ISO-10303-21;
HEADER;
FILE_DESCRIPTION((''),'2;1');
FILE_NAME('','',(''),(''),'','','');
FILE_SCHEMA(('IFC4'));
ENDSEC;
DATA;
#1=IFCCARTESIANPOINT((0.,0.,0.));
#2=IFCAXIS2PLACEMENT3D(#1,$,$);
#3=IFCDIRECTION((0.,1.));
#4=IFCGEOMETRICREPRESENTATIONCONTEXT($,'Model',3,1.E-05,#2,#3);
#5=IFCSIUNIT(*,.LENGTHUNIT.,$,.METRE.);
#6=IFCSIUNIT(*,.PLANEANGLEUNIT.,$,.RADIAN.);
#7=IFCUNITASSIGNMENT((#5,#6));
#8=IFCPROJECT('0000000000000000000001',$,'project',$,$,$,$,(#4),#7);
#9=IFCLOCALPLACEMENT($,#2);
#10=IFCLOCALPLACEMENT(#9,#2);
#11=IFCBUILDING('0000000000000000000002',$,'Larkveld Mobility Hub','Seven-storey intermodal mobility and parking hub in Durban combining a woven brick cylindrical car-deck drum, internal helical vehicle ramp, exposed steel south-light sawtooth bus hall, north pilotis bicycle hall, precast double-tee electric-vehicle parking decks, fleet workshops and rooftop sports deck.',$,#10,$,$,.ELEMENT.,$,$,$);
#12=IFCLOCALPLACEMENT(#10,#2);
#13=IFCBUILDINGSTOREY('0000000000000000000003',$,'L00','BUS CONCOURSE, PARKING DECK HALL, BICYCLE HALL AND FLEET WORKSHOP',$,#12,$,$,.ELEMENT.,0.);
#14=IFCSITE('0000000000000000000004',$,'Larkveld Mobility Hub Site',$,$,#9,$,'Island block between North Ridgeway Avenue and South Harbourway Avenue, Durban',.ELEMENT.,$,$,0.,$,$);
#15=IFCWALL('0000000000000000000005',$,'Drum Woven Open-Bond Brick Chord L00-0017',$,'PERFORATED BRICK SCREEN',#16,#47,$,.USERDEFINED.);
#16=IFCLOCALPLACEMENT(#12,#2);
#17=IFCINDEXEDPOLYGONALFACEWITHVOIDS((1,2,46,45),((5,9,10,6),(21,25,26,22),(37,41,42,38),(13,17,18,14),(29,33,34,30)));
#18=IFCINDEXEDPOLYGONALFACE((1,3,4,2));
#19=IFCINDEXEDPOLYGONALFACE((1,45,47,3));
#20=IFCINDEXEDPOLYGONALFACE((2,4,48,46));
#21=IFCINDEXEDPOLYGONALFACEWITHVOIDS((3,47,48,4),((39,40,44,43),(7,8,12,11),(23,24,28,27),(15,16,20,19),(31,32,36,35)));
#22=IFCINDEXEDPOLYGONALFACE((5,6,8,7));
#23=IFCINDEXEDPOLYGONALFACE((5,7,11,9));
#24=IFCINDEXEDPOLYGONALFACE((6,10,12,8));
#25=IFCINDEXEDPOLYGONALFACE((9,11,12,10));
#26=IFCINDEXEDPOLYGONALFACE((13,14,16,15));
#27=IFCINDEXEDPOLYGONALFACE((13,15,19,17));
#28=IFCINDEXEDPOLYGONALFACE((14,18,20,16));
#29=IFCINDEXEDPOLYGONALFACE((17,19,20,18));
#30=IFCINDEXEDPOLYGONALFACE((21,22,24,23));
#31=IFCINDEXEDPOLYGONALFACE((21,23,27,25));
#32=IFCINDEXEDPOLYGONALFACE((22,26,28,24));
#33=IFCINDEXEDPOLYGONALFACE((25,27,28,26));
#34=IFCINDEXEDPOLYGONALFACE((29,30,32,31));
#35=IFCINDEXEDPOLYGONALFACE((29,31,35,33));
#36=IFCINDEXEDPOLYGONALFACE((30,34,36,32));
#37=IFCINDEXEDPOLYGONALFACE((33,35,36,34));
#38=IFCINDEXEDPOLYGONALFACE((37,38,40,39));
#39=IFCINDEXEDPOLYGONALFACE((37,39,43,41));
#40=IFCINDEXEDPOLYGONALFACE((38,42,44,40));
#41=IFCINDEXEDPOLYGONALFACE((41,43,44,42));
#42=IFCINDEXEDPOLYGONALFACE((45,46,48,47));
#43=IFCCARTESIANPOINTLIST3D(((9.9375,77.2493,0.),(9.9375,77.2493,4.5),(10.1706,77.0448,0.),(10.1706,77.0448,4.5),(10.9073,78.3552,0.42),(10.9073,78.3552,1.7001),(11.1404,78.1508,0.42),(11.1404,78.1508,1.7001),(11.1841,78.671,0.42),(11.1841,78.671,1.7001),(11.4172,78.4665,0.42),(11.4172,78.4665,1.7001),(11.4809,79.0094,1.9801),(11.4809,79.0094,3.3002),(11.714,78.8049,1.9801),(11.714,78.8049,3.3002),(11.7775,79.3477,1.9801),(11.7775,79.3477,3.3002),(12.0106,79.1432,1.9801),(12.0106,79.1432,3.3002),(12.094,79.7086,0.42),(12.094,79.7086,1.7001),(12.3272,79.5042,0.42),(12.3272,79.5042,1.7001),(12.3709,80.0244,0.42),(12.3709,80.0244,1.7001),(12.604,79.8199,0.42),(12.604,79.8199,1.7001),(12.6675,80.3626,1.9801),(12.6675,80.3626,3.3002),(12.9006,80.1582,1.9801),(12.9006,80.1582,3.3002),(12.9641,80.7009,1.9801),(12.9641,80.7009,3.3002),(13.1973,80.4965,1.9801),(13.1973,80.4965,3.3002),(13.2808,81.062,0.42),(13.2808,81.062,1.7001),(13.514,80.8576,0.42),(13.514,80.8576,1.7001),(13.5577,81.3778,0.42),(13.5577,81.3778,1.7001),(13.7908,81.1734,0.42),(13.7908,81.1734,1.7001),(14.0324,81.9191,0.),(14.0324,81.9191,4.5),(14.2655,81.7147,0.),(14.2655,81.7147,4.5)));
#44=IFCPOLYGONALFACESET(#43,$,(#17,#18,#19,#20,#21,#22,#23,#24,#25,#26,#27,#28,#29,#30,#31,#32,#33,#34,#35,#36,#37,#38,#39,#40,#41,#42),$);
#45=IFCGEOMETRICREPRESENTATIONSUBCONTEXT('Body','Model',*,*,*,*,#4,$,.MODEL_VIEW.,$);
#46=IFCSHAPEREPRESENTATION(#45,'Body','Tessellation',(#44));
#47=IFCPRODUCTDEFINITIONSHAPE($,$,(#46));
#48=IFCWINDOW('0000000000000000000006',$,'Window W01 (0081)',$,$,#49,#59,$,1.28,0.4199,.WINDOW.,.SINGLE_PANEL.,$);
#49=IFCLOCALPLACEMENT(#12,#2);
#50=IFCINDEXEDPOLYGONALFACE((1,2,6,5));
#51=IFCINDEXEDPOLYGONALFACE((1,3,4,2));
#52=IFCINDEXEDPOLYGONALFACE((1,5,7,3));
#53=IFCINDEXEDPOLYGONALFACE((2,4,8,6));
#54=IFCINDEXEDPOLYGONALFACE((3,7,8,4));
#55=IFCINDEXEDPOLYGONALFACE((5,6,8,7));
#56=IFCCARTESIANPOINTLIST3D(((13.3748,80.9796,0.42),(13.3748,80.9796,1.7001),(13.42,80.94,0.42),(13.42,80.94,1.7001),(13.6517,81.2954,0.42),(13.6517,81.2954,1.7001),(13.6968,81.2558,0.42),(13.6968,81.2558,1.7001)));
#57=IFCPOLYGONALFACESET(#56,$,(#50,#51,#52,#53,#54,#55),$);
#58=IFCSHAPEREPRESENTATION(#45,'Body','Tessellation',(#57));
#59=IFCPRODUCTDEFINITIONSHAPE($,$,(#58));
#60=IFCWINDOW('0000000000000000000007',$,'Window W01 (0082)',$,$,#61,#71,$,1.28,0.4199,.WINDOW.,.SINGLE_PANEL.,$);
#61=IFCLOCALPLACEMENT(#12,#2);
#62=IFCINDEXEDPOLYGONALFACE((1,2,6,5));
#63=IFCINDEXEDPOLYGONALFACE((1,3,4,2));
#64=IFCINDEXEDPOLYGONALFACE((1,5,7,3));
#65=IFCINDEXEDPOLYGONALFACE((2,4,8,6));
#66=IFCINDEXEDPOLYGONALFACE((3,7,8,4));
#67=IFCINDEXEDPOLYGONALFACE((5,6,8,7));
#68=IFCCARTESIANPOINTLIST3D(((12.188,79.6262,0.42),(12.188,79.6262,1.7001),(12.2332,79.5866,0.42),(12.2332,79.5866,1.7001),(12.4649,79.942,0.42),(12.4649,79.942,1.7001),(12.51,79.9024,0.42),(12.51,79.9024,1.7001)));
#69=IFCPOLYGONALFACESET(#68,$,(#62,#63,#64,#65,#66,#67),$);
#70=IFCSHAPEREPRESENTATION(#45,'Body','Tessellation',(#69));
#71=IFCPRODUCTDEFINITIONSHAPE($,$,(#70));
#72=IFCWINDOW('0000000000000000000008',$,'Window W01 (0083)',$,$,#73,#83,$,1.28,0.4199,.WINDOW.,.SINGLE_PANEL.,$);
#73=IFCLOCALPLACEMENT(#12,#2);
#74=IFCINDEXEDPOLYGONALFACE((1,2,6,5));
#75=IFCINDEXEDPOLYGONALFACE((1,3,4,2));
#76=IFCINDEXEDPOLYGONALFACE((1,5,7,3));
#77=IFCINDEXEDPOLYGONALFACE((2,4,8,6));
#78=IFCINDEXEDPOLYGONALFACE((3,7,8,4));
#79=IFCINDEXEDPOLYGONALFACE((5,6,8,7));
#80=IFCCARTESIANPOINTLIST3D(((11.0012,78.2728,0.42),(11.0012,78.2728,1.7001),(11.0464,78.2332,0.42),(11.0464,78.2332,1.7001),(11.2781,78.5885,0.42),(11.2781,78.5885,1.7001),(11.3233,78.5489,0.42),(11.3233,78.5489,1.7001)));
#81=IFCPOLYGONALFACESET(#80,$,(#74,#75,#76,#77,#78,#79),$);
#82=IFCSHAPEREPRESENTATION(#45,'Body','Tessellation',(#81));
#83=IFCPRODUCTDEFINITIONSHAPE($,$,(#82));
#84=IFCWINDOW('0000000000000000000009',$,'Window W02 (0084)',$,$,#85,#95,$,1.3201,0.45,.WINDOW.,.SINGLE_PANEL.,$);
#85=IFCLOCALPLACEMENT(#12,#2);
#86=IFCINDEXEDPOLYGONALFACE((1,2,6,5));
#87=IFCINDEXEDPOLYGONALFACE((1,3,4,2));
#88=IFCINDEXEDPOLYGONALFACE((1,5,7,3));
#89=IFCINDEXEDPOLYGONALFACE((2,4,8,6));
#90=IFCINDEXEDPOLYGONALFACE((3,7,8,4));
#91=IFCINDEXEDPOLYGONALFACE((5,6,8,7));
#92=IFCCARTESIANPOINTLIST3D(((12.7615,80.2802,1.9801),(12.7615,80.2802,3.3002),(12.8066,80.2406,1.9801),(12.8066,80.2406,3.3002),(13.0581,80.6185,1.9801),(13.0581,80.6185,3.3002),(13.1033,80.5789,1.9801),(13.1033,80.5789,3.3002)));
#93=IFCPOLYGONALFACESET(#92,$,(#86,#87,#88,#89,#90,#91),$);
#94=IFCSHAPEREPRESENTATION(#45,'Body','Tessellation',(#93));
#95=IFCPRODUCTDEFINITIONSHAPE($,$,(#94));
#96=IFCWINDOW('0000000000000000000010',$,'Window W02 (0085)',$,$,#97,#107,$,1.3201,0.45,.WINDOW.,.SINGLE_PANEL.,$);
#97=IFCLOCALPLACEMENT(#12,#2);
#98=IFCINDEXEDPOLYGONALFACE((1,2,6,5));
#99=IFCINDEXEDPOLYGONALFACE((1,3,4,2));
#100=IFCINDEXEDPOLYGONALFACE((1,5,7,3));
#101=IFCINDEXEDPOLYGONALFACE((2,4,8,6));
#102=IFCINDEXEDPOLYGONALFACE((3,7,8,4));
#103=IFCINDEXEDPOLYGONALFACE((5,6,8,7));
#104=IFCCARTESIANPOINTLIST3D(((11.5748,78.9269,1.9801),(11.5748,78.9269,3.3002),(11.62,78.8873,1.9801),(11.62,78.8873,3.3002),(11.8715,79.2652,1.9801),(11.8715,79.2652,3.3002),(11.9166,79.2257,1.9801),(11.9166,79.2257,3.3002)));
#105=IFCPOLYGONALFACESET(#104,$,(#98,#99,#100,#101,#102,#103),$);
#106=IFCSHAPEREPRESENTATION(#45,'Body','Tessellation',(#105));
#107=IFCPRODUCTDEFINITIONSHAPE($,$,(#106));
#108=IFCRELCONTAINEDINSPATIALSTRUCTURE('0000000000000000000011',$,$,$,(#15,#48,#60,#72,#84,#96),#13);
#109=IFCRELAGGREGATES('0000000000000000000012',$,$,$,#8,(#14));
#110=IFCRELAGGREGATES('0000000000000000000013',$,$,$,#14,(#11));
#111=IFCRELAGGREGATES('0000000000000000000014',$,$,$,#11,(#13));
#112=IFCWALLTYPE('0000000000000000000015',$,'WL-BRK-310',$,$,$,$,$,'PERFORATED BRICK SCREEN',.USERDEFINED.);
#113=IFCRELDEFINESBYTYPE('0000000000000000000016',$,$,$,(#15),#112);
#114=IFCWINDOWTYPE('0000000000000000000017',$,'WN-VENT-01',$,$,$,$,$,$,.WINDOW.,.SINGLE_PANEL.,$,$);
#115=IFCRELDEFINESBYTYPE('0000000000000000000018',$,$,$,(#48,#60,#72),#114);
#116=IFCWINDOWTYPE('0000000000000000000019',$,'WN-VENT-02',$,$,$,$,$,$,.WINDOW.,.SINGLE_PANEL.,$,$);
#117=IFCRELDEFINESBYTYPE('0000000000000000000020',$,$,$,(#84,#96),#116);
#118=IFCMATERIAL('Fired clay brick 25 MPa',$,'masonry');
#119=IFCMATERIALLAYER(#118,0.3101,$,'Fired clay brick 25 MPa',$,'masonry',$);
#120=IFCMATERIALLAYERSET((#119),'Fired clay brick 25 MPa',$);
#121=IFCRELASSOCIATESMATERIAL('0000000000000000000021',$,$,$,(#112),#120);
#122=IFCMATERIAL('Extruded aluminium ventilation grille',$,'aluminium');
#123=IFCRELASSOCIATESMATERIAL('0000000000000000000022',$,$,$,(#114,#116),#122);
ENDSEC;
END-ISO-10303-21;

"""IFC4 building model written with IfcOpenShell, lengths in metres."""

from ifc_helpers import new_model, si_unit, direction, frame, frame_2d, origin, place, context, subcontext, project, spatial, rectangle, extrude, material, layer, layer_set, type_object, element, fill, save


model = new_model("IFC4")

# Units and contexts
model_context = context("Model", 3, precision=1e-05, world=origin(), true_north=direction((0.0, 1.0)))
body_context = subcontext(model_context, "Body", "Model", "MODEL_VIEW")
ifc_project = project(units=[si_unit("LENGTHUNIT", "METRE"), si_unit("PLANEANGLEUNIT", "RADIAN")], contexts=[model_context])

# Site, building, storey
site_placement = place(None, origin())
site = spatial("IfcSite", under=ifc_project, at=site_placement, Name="Larkveld Mobility Hub Site", LongName="Island block between North Ridgeway Avenue and South Harbourway Avenue, Durban", CompositionType="ELEMENT", RefElevation=0.0)
building_placement = place(site_placement, origin())
building = spatial("IfcBuilding", under=site, at=building_placement, Name="Larkveld Mobility Hub", Description="Seven-storey intermodal mobility and parking hub in Durban combining a woven brick cylindrical car-deck drum, internal helical vehicle ramp, exposed steel south-light sawtooth bus hall, north pilotis bicycle hall, precast double-tee electric-vehicle parking decks, fleet workshops and rooftop sports deck.", CompositionType="ELEMENT")
storey_placement = place(building_placement, origin())
storey = spatial("IfcBuildingStorey", under=building, at=storey_placement, Name="L00", Description="BUS CONCOURSE, PARKING DECK HALL, BICYCLE HALL AND FLEET WORKSHOP", CompositionType="ELEMENT", Elevation=0.0)

# Wall, openings, windows
ifc_material_1 = material(Name="Fired clay brick 25 MPa", Category="masonry")
ifc_layer = layer(ifc_material_1, 0.3101, Name="Fired clay brick 25 MPa", Category="masonry")
ifc_layer_set = layer_set([ifc_layer], Name="Fired clay brick 25 MPa")
wall_type = type_object("IfcWallType", Name="WL-BRK-310", ElementType="PERFORATED BRICK SCREEN", PredefinedType="USERDEFINED", material=ifc_layer_set)
wall_placement = place(storey_placement, frame((14.1489, 81.8169, 0.0), z_axis=(0.0, 0.0, 1.0), x_axis=(-0.659306, -0.751875, 0.0)))
wall = element("IfcWall", 1, at=wall_placement, inside=storey, type_object=wall_type, Name="Drum Woven Open-Bond Brick Chord L00-0017", ObjectType="PERFORATED BRICK SCREEN", PredefinedType="USERDEFINED", context=body_context, shape_type="SweptSolid", body=[
    extrude(rectangle(XDim=6.2109, YDim=0.3101, at=frame_2d((3.1055, 0.0))), origin(), (0.0, 0.0, 1.0), 4.5),
])
opening_1_placement = place(wall_placement, frame((0.72, 0.0, 0.4199)))
opening_1 = element("IfcOpeningElement", 2, at=opening_1_placement, cuts=wall, PredefinedType="OPENING", context=body_context, shape_type="SweptSolid", body=[
    extrude(rectangle(XDim=0.4199, YDim=1.28, at=frame_2d((0.21, 0.6401))), frame((0.0, 0.165, 0.0), z_axis=(0.0, -1.0, 0.0), x_axis=(1.0, 0.0, 0.0)), (0.0, 0.0, 1.0), 0.3301),
])
opening_2_placement = place(wall_placement, frame((2.52, 0.0, 0.4199)))
opening_2 = element("IfcOpeningElement", 3, at=opening_2_placement, cuts=wall, PredefinedType="OPENING", context=body_context, shape_type="SweptSolid", body=[
    extrude(rectangle(XDim=0.4199, YDim=1.28, at=frame_2d((0.21, 0.6401))), frame((0.0, 0.165, 0.0), z_axis=(0.0, -1.0, 0.0), x_axis=(1.0, 0.0, 0.0)), (0.0, 0.0, 1.0), 0.3301),
])
opening_3_placement = place(wall_placement, frame((4.3201, 0.0, 0.4199)))
opening_3 = element("IfcOpeningElement", 4, at=opening_3_placement, cuts=wall, PredefinedType="OPENING", context=body_context, shape_type="SweptSolid", body=[
    extrude(rectangle(XDim=0.4199, YDim=1.28, at=frame_2d((0.21, 0.6401))), frame((0.0, 0.165, 0.0), z_axis=(0.0, -1.0, 0.0), x_axis=(1.0, 0.0, 0.0)), (0.0, 0.0, 1.0), 0.3301),
])
opening_4_placement = place(wall_placement, frame((1.6201, 0.0, 1.98)))
opening_4 = element("IfcOpeningElement", 5, at=opening_4_placement, cuts=wall, PredefinedType="OPENING", context=body_context, shape_type="SweptSolid", body=[
    extrude(rectangle(XDim=0.45, YDim=1.3201, at=frame_2d((0.2251, 0.6602))), frame((0.0, 0.165, 0.0), z_axis=(0.0, -1.0, 0.0), x_axis=(1.0, 0.0, 0.0)), (0.0, 0.0, 1.0), 0.3301),
])
opening_5_placement = place(wall_placement, frame((3.4199, 0.0, 1.98)))
opening_5 = element("IfcOpeningElement", 6, at=opening_5_placement, cuts=wall, PredefinedType="OPENING", context=body_context, shape_type="SweptSolid", body=[
    extrude(rectangle(XDim=0.45, YDim=1.3201, at=frame_2d((0.2251, 0.6602))), frame((0.0, 0.165, 0.0), z_axis=(0.0, -1.0, 0.0), x_axis=(1.0, 0.0, 0.0)), (0.0, 0.0, 1.0), 0.3301),
])
ifc_material_2 = material(Name="Extruded aluminium ventilation grille", Category="aluminium")
window_type_1 = type_object("IfcWindowType", Name="WN-VENT-01", PartitioningType="SINGLE_PANEL", PredefinedType="WINDOW", material=ifc_material_2)
window_1_placement = place(opening_1_placement, origin())
window_1 = element("IfcWindow", 7, at=window_1_placement, inside=storey, type_object=window_type_1, Name="Window W01 (0081)", OverallHeight=1.28, OverallWidth=0.4199, PartitioningType="SINGLE_PANEL", PredefinedType="WINDOW", context=body_context, shape_type="SweptSolid", body=[
    extrude(rectangle(XDim=0.4199, YDim=1.28, at=frame_2d((0.21, 0.6401))), frame((0.0, 0.03, 0.0), z_axis=(0.0, -1.0, 0.0), x_axis=(1.0, 0.0, 0.0)), (0.0, 0.0, 1.0), 0.0601),
])
fill(opening_1, window_1)
window_2_placement = place(opening_2_placement, origin())
window_2 = element("IfcWindow", 8, at=window_2_placement, inside=storey, type_object=window_type_1, Name="Window W01 (0082)", OverallHeight=1.28, OverallWidth=0.4199, PartitioningType="SINGLE_PANEL", PredefinedType="WINDOW", context=body_context, shape_type="SweptSolid", body=[
    extrude(rectangle(XDim=0.4199, YDim=1.28, at=frame_2d((0.21, 0.6401))), frame((0.0, 0.03, 0.0), z_axis=(0.0, -1.0, 0.0), x_axis=(1.0, 0.0, 0.0)), (0.0, 0.0, 1.0), 0.0601),
])
fill(opening_2, window_2)
window_3_placement = place(opening_3_placement, origin())
window_3 = element("IfcWindow", 9, at=window_3_placement, inside=storey, type_object=window_type_1, Name="Window W01 (0083)", OverallHeight=1.28, OverallWidth=0.4199, PartitioningType="SINGLE_PANEL", PredefinedType="WINDOW", context=body_context, shape_type="SweptSolid", body=[
    extrude(rectangle(XDim=0.4199, YDim=1.28, at=frame_2d((0.21, 0.6401))), frame((0.0, 0.03, 0.0), z_axis=(0.0, -1.0, 0.0), x_axis=(1.0, 0.0, 0.0)), (0.0, 0.0, 1.0), 0.0601),
])
fill(opening_3, window_3)
window_type_2 = type_object("IfcWindowType", Name="WN-VENT-02", PartitioningType="SINGLE_PANEL", PredefinedType="WINDOW", material=ifc_material_2)
window_4_placement = place(opening_4_placement, origin())
window_4 = element("IfcWindow", 10, at=window_4_placement, inside=storey, type_object=window_type_2, Name="Window W02 (0084)", OverallHeight=1.3201, OverallWidth=0.45, PartitioningType="SINGLE_PANEL", PredefinedType="WINDOW", context=body_context, shape_type="SweptSolid", body=[
    extrude(rectangle(XDim=0.45, YDim=1.3201, at=frame_2d((0.2251, 0.6602))), frame((0.0, 0.03, 0.0), z_axis=(0.0, -1.0, 0.0), x_axis=(1.0, 0.0, 0.0)), (0.0, 0.0, 1.0), 0.0601),
])
fill(opening_4, window_4)
window_5_placement = place(opening_5_placement, origin())
window_5 = element("IfcWindow", 11, at=window_5_placement, inside=storey, type_object=window_type_2, Name="Window W02 (0085)", OverallHeight=1.3201, OverallWidth=0.45, PartitioningType="SINGLE_PANEL", PredefinedType="WINDOW", context=body_context, shape_type="SweptSolid", body=[
    extrude(rectangle(XDim=0.45, YDim=1.3201, at=frame_2d((0.2251, 0.6602))), frame((0.0, 0.03, 0.0), z_axis=(0.0, -1.0, 0.0), x_axis=(1.0, 0.0, 0.0)), (0.0, 0.0, 1.0), 0.0601),
])
fill(opening_5, window_5)

save(model, "model.ifc")
